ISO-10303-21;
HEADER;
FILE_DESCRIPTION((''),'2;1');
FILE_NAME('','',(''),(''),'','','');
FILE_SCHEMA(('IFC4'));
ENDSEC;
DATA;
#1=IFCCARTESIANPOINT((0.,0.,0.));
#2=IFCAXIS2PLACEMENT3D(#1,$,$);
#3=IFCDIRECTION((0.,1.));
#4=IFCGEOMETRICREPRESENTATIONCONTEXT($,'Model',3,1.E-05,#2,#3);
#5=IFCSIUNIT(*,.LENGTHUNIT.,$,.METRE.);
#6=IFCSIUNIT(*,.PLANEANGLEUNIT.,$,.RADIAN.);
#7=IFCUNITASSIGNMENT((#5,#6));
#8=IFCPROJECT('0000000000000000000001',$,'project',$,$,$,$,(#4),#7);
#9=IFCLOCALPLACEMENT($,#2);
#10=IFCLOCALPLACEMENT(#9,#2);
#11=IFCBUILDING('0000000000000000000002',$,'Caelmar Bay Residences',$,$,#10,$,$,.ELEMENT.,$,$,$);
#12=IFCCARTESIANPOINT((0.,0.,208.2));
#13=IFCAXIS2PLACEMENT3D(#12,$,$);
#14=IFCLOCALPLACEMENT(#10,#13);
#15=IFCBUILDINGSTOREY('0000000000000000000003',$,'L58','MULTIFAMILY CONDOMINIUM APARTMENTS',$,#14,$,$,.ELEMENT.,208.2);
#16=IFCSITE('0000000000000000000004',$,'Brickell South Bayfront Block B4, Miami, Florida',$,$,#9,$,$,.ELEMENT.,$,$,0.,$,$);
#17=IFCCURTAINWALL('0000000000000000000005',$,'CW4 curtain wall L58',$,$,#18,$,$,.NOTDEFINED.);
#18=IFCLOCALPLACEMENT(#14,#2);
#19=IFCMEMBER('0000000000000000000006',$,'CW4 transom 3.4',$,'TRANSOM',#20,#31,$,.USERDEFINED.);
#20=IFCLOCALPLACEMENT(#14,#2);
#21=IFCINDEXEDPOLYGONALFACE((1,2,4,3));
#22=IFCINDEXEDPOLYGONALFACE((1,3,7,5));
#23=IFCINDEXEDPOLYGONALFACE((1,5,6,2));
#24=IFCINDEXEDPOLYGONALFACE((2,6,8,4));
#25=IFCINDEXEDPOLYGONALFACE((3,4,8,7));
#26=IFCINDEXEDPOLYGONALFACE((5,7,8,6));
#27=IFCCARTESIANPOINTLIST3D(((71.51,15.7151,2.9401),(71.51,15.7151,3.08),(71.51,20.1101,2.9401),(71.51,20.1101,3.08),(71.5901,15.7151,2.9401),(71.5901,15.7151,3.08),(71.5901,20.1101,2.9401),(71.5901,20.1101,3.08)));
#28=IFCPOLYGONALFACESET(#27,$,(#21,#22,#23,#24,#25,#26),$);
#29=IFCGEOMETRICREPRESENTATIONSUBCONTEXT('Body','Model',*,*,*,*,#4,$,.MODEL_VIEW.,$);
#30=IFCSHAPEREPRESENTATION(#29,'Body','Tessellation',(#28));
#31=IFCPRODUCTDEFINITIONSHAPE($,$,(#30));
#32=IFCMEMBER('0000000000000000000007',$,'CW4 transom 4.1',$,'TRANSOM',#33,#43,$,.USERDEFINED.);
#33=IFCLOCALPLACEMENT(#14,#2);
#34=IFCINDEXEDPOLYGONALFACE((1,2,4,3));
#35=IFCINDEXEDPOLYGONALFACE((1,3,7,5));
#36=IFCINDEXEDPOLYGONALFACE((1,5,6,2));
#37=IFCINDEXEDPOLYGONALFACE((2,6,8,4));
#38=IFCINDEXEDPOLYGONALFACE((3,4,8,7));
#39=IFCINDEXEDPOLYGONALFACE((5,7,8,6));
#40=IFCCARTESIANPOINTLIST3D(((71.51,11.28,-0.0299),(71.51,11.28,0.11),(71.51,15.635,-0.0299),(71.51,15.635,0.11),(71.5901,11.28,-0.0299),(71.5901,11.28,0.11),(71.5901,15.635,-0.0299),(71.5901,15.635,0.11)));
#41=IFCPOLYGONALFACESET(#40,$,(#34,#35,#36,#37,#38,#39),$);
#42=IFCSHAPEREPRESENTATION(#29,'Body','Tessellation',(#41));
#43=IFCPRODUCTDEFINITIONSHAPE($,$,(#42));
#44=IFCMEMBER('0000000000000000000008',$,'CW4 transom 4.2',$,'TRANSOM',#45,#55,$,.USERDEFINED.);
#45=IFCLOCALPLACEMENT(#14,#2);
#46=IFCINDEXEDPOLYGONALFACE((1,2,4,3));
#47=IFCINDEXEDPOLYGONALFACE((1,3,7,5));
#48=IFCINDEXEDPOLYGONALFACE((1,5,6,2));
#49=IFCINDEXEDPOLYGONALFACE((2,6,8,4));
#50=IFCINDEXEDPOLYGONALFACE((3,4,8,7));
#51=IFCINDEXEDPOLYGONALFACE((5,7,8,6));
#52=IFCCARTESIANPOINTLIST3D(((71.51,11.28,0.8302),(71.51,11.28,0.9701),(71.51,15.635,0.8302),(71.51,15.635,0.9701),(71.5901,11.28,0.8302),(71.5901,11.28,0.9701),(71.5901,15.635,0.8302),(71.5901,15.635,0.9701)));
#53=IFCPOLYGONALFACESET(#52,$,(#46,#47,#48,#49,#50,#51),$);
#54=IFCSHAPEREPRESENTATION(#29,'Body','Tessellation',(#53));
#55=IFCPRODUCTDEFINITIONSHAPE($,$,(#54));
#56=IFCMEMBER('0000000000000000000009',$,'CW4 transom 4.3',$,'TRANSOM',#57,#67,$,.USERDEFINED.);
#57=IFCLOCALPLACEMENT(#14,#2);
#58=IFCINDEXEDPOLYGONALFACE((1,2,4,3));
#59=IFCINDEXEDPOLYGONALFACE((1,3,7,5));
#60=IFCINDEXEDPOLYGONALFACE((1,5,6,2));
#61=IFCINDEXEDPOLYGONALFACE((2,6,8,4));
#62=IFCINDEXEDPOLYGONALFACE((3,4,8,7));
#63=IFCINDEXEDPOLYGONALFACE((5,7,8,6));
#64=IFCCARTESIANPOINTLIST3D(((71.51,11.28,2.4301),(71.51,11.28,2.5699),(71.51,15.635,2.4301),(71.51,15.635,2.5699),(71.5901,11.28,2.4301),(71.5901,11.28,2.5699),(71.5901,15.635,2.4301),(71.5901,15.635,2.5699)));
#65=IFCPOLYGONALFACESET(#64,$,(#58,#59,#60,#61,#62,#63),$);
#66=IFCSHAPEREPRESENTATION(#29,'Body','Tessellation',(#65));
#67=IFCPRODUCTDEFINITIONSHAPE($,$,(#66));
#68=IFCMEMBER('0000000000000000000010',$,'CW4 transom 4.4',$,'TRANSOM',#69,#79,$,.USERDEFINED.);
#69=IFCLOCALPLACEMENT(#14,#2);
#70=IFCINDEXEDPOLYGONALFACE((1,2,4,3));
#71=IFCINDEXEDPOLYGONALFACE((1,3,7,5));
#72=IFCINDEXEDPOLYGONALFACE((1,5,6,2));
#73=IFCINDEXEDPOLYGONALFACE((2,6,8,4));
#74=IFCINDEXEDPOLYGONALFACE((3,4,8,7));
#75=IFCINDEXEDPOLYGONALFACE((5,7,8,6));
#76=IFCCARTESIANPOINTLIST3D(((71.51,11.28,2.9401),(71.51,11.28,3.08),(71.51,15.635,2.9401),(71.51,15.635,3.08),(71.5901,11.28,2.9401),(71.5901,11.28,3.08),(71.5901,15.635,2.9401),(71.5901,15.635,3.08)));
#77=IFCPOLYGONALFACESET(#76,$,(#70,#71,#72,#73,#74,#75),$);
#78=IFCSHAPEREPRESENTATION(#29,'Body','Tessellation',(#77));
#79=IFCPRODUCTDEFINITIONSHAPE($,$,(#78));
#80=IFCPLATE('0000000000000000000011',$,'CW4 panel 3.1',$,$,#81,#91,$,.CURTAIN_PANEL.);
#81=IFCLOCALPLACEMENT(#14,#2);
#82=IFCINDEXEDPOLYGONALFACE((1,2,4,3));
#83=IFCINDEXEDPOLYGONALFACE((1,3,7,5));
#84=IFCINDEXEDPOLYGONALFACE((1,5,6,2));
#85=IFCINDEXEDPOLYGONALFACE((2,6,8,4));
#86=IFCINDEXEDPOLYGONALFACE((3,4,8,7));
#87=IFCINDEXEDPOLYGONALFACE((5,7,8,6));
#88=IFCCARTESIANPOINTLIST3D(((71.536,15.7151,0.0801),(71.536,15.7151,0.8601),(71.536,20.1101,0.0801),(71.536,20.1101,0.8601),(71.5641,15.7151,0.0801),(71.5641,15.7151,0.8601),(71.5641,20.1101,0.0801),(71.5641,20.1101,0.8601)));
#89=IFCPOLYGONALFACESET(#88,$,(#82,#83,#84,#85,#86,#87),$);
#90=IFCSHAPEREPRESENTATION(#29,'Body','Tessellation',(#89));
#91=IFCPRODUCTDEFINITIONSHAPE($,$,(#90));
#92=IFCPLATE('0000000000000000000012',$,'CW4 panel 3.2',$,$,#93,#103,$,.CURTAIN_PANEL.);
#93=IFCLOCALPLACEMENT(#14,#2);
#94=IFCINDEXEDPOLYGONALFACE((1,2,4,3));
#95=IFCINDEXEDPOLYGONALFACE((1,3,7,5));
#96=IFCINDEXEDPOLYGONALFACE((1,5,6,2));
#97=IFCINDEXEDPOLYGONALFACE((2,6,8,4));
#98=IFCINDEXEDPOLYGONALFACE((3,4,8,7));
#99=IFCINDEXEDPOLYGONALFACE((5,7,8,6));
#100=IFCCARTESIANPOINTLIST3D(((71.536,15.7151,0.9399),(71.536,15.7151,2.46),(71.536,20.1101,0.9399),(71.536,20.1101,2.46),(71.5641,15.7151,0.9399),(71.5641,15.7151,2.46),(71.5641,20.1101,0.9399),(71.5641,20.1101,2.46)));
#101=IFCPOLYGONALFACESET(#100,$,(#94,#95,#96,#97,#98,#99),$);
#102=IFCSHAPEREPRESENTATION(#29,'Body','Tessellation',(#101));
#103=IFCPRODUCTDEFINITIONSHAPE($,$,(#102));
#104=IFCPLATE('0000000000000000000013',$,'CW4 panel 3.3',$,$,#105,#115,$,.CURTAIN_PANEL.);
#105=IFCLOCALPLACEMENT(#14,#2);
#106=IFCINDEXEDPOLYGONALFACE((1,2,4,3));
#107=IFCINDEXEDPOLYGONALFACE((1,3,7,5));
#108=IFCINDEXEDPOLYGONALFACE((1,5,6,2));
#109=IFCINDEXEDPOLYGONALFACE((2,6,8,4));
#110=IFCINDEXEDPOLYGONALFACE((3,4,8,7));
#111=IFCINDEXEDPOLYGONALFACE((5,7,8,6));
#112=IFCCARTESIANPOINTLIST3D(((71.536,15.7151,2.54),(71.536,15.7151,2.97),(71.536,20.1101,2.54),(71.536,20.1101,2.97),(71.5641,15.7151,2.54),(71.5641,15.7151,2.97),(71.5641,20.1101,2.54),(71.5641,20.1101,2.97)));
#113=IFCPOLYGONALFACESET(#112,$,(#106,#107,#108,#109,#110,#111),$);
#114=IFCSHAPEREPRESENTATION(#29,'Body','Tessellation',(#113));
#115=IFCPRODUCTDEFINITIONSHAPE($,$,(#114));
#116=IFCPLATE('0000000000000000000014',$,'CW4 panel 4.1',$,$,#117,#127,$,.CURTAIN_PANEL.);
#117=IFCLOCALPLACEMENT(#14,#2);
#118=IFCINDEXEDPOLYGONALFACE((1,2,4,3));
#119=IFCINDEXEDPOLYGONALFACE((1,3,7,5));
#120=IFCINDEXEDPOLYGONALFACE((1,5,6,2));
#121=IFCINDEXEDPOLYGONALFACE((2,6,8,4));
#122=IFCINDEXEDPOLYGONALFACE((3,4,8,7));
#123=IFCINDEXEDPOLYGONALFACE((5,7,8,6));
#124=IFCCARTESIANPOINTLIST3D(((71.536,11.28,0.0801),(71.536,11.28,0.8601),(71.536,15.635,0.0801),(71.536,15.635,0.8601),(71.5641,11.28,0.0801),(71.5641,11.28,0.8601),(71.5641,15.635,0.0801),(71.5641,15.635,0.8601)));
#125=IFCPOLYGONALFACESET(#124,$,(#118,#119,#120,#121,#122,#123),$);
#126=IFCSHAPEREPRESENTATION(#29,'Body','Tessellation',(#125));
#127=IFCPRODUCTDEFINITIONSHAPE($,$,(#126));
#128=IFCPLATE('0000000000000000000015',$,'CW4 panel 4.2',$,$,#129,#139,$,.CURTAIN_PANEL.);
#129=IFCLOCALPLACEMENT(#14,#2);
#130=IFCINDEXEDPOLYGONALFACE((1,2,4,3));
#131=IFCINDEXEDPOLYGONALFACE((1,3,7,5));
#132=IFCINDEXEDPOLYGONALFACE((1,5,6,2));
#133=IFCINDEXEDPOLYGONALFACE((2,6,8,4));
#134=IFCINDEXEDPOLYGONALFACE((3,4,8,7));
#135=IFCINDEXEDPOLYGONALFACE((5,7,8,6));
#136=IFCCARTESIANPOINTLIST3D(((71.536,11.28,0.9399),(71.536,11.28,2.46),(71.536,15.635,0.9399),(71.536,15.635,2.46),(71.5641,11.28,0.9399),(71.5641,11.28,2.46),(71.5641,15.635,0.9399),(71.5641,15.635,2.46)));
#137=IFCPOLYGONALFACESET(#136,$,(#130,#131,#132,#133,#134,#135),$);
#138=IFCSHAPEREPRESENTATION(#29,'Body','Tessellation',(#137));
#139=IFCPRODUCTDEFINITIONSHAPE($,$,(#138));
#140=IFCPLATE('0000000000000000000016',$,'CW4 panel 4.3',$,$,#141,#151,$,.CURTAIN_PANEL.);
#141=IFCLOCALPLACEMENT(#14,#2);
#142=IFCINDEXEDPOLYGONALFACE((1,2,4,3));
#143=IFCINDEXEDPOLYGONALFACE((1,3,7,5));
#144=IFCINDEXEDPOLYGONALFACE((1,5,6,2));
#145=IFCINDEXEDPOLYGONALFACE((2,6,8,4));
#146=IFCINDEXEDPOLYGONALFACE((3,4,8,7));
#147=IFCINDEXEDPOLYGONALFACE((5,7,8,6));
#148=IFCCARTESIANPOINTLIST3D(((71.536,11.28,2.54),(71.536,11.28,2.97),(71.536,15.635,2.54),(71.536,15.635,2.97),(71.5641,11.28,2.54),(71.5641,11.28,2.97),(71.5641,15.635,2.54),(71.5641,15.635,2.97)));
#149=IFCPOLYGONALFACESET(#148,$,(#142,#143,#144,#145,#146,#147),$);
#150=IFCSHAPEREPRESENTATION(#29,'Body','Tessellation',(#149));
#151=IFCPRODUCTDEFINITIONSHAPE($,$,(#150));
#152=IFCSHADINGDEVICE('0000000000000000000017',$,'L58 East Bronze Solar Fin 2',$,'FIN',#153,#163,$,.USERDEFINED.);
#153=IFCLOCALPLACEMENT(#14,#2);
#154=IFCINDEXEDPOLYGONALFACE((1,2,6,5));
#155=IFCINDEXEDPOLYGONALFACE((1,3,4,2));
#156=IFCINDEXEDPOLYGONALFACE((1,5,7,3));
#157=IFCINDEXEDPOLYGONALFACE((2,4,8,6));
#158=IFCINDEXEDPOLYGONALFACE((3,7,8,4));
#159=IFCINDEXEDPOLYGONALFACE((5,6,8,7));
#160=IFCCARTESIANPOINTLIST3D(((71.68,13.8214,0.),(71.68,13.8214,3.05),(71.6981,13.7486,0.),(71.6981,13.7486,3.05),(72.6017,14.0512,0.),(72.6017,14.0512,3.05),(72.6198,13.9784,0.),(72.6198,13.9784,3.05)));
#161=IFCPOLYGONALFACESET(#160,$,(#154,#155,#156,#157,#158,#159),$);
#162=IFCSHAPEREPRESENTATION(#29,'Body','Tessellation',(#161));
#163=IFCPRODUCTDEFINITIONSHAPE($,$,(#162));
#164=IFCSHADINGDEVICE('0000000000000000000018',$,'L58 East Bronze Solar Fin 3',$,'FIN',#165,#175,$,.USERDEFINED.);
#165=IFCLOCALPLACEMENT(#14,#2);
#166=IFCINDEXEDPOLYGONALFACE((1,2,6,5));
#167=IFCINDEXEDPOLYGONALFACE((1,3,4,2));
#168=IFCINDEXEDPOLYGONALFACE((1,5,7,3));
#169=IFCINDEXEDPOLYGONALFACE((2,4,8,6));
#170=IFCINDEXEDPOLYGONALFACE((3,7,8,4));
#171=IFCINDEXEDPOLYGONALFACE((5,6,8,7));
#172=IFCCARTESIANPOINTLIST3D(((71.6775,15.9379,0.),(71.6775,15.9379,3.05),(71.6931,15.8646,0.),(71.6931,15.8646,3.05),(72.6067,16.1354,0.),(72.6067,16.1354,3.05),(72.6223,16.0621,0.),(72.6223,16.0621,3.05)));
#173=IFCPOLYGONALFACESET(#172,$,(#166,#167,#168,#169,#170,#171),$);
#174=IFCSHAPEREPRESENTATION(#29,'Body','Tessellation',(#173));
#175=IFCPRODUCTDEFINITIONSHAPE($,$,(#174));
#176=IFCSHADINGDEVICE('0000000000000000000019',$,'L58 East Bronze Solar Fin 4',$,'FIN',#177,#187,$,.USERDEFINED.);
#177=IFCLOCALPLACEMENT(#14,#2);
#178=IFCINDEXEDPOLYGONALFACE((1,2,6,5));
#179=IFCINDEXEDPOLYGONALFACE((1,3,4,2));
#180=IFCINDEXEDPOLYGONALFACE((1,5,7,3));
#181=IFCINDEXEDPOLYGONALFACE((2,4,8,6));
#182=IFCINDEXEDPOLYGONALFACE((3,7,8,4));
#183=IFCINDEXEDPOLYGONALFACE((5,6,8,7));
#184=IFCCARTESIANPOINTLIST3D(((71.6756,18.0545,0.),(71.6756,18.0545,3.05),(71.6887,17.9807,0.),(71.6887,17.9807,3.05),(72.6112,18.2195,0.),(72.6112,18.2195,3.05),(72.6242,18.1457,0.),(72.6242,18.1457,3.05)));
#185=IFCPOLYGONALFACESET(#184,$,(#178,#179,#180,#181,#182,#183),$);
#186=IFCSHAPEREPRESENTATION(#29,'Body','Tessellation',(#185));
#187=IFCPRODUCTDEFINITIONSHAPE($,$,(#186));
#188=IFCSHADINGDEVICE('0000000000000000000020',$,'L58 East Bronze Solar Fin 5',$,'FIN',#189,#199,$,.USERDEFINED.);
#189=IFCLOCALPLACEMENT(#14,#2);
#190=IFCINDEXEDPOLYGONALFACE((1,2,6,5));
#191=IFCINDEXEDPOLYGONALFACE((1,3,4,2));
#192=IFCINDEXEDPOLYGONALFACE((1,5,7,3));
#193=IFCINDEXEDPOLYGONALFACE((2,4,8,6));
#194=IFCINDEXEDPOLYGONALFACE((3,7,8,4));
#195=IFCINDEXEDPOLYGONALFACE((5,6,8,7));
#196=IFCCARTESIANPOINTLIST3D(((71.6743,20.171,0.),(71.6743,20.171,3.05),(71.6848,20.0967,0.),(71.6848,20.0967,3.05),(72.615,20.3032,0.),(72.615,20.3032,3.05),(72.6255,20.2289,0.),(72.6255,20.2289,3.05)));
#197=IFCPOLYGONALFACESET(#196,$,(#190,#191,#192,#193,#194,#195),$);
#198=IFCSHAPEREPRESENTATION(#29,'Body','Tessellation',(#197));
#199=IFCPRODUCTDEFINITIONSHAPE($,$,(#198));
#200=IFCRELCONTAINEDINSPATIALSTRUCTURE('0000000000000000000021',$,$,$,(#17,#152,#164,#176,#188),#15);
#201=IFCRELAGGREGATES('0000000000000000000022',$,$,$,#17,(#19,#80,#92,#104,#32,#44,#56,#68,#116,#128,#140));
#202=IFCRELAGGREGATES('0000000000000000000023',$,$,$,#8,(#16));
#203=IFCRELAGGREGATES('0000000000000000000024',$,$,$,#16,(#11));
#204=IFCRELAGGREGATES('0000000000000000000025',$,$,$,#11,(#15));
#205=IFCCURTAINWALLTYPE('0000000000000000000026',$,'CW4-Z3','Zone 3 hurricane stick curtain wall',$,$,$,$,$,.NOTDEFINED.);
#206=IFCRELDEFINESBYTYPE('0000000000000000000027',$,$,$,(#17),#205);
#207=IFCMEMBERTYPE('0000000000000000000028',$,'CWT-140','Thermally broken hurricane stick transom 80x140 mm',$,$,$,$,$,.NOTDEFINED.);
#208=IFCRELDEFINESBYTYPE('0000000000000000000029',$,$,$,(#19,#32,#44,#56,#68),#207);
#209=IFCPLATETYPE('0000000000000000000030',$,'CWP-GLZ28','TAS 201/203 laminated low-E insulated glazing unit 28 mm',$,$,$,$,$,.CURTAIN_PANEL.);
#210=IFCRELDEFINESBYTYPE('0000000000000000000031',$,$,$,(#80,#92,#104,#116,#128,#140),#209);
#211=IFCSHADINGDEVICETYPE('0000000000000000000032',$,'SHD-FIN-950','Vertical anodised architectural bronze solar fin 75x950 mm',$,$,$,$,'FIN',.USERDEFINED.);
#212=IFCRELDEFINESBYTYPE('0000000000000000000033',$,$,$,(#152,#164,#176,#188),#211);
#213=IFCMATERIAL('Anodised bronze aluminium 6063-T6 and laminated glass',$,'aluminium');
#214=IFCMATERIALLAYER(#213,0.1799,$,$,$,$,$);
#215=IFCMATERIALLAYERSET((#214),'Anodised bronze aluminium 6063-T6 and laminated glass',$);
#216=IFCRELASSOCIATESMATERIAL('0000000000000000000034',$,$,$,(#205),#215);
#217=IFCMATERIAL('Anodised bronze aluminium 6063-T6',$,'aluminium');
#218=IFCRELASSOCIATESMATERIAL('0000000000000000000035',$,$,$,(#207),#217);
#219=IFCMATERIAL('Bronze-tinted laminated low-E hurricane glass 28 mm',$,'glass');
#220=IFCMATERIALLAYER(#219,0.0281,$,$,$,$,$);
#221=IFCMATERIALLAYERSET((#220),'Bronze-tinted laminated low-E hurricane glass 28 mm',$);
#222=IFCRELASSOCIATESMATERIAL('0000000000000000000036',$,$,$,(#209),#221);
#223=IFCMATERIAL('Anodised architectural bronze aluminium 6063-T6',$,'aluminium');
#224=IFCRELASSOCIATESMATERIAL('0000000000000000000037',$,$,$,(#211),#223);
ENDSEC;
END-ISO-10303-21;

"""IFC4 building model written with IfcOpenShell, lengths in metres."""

from ifc_helpers import new_model, si_unit, direction, frame, origin, origin_2d, place, context, subcontext, project, spatial, rectangle, extrude, material, layer, layer_set, material_profile, profile_set, type_object, element, aggregate, save


model = new_model("IFC4")

# Units and contexts
model_context = context("Model", 3, precision=1e-05, world=origin(), true_north=direction((0.0, 1.0)))
body_context = subcontext(model_context, "Body", "Model", "MODEL_VIEW")
ifc_project = project(units=[si_unit("LENGTHUNIT", "METRE"), si_unit("PLANEANGLEUNIT", "RADIAN")], contexts=[model_context])

# Site, building, storey
site_placement = place(None, origin())
site = spatial("IfcSite", under=ifc_project, at=site_placement, Name="Brickell South Bayfront Block B4, Miami, Florida", CompositionType="ELEMENT", RefElevation=0.0)
building_placement = place(site_placement, origin())
building = spatial("IfcBuilding", under=site, at=building_placement, Name="Caelmar Bay Residences", CompositionType="ELEMENT")
storey_placement = place(building_placement, frame((0.0, 0.0, 208.2)))
storey = spatial("IfcBuildingStorey", under=building, at=storey_placement, Name="L58", Description="MULTIFAMILY CONDOMINIUM APARTMENTS", CompositionType="ELEMENT", Elevation=208.2)

# Curtain wall, members, plates
ifc_material_1 = material(Name="Anodised bronze aluminium 6063-T6 and laminated glass", Category="aluminium")
ifc_layer_1 = layer(ifc_material_1, 0.1799)
ifc_layer_set_1 = layer_set([ifc_layer_1], Name="Anodised bronze aluminium 6063-T6 and laminated glass")
curtain_wall_type = type_object("IfcCurtainWallType", Name="CW4-Z3", Description="Zone 3 hurricane stick curtain wall", PredefinedType="NOTDEFINED", material=ifc_layer_set_1)
curtain_wall_placement = place(storey_placement, origin())
curtain_wall = element("IfcCurtainWall", 1, at=curtain_wall_placement, inside=storey, type_object=curtain_wall_type, Name="CW4 curtain wall L58", PredefinedType="NOTDEFINED")
ifc_material_2 = material(Name="Anodised bronze aluminium 6063-T6", Category="aluminium")
ifc_material_profile_1 = material_profile(ifc_material_2, rectangle(XDim=0.0801, YDim=0.1399, at=origin_2d()), Name="CWT-80X140")
ifc_profile_set_1 = profile_set([ifc_material_profile_1], Name="Anodised bronze aluminium 6063-T6")
member_type_1 = type_object("IfcMemberType", Name="CWT-140", Description="Thermally broken hurricane stick transom 80x140 mm", PredefinedType="NOTDEFINED", material=ifc_profile_set_1)
member_1_placement = place(storey_placement, frame((71.55, 20.1101, 3.01), z_axis=(0.0, -1.0, 0.0), x_axis=(1.0, 0.0, 0.0)))
member_1 = element("IfcMember", 2, at=member_1_placement, type_object=member_type_1, Name="CW4 transom 3.4", ObjectType="TRANSOM", PredefinedType="USERDEFINED", context=body_context, shape_type="SweptSolid", body=[
    extrude(rectangle(XDim=0.0801, YDim=0.1399, at=origin_2d()), origin(), (0.0, 0.0, 1.0), 4.395),
])
member_2_placement = place(storey_placement, frame((71.55, 15.635, 0.04), z_axis=(0.0, -1.0, 0.0), x_axis=(1.0, 0.0, 0.0)))
member_2 = element("IfcMember", 3, at=member_2_placement, type_object=member_type_1, Name="CW4 transom 4.1", ObjectType="TRANSOM", PredefinedType="USERDEFINED", context=body_context, shape_type="SweptSolid", body=[
    extrude(rectangle(XDim=0.0801, YDim=0.1399, at=origin_2d()), origin(), (0.0, 0.0, 1.0), 4.355),
])
member_3_placement = place(storey_placement, frame((71.55, 15.635, 0.9001), z_axis=(0.0, -1.0, 0.0), x_axis=(1.0, 0.0, 0.0)))
member_3 = element("IfcMember", 4, at=member_3_placement, type_object=member_type_1, Name="CW4 transom 4.2", ObjectType="TRANSOM", PredefinedType="USERDEFINED", context=body_context, shape_type="SweptSolid", body=[
    extrude(rectangle(XDim=0.0801, YDim=0.1399, at=origin_2d()), origin(), (0.0, 0.0, 1.0), 4.355),
])
member_4_placement = place(storey_placement, frame((71.55, 15.635, 2.5), z_axis=(0.0, -1.0, 0.0), x_axis=(1.0, 0.0, 0.0)))
member_4 = element("IfcMember", 5, at=member_4_placement, type_object=member_type_1, Name="CW4 transom 4.3", ObjectType="TRANSOM", PredefinedType="USERDEFINED", context=body_context, shape_type="SweptSolid", body=[
    extrude(rectangle(XDim=0.0801, YDim=0.1399, at=origin_2d()), origin(), (0.0, 0.0, 1.0), 4.355),
])
member_5_placement = place(storey_placement, frame((71.55, 15.635, 3.01), z_axis=(0.0, -1.0, 0.0), x_axis=(1.0, 0.0, 0.0)))
member_5 = element("IfcMember", 6, at=member_5_placement, type_object=member_type_1, Name="CW4 transom 4.4", ObjectType="TRANSOM", PredefinedType="USERDEFINED", context=body_context, shape_type="SweptSolid", body=[
    extrude(rectangle(XDim=0.0801, YDim=0.1399, at=origin_2d()), origin(), (0.0, 0.0, 1.0), 4.355),
])
ifc_material_3 = material(Name="Bronze-tinted laminated low-E hurricane glass 28 mm", Category="glass")
ifc_layer_2 = layer(ifc_material_3, 0.0281)
ifc_layer_set_2 = layer_set([ifc_layer_2], Name="Bronze-tinted laminated low-E hurricane glass 28 mm")
plate_type = type_object("IfcPlateType", Name="CWP-GLZ28", Description="TAS 201/203 laminated low-E insulated glazing unit 28 mm", PredefinedType="CURTAIN_PANEL", material=ifc_layer_set_2)
plate_1_placement = place(storey_placement, frame((71.55, 17.9126, 0.0801), z_axis=(0.0, 0.0, 1.0), x_axis=(0.0, -1.0, 0.0)))
plate_1 = element("IfcPlate", 7, at=plate_1_placement, type_object=plate_type, Name="CW4 panel 3.1", PredefinedType="CURTAIN_PANEL", context=body_context, shape_type="SweptSolid", body=[
    extrude(rectangle(XDim=4.395, YDim=0.0281, at=origin_2d()), origin(), (0.0, 0.0, 1.0), 0.78),
])
plate_2_placement = place(storey_placement, frame((71.55, 17.9126, 0.9399), z_axis=(0.0, 0.0, 1.0), x_axis=(0.0, -1.0, 0.0)))
plate_2 = element("IfcPlate", 8, at=plate_2_placement, type_object=plate_type, Name="CW4 panel 3.2", PredefinedType="CURTAIN_PANEL", context=body_context, shape_type="SweptSolid", body=[
    extrude(rectangle(XDim=4.395, YDim=0.0281, at=origin_2d()), origin(), (0.0, 0.0, 1.0), 1.52),
])
plate_3_placement = place(storey_placement, frame((71.55, 17.9126, 2.54), z_axis=(0.0, 0.0, 1.0), x_axis=(0.0, -1.0, 0.0)))
plate_3 = element("IfcPlate", 9, at=plate_3_placement, type_object=plate_type, Name="CW4 panel 3.3", PredefinedType="CURTAIN_PANEL", context=body_context, shape_type="SweptSolid", body=[
    extrude(rectangle(XDim=4.395, YDim=0.0281, at=origin_2d()), origin(), (0.0, 0.0, 1.0), 0.4299),
])
plate_4_placement = place(storey_placement, frame((71.55, 13.4575, 0.0801), z_axis=(0.0, 0.0, 1.0), x_axis=(0.0, -1.0, 0.0)))
plate_4 = element("IfcPlate", 10, at=plate_4_placement, type_object=plate_type, Name="CW4 panel 4.1", PredefinedType="CURTAIN_PANEL", context=body_context, shape_type="SweptSolid", body=[
    extrude(rectangle(XDim=4.355, YDim=0.0281, at=origin_2d()), origin(), (0.0, 0.0, 1.0), 0.78),
])
plate_5_placement = place(storey_placement, frame((71.55, 13.4575, 0.9399), z_axis=(0.0, 0.0, 1.0), x_axis=(0.0, -1.0, 0.0)))
plate_5 = element("IfcPlate", 11, at=plate_5_placement, type_object=plate_type, Name="CW4 panel 4.2", PredefinedType="CURTAIN_PANEL", context=body_context, shape_type="SweptSolid", body=[
    extrude(rectangle(XDim=4.355, YDim=0.0281, at=origin_2d()), origin(), (0.0, 0.0, 1.0), 1.52),
])
plate_6_placement = place(storey_placement, frame((71.55, 13.4575, 2.54), z_axis=(0.0, 0.0, 1.0), x_axis=(0.0, -1.0, 0.0)))
plate_6 = element("IfcPlate", 12, at=plate_6_placement, type_object=plate_type, Name="CW4 panel 4.3", PredefinedType="CURTAIN_PANEL", context=body_context, shape_type="SweptSolid", body=[
    extrude(rectangle(XDim=4.355, YDim=0.0281, at=origin_2d()), origin(), (0.0, 0.0, 1.0), 0.4299),
])
aggregate(curtain_wall, [member_1, plate_1, plate_2, plate_3, member_2, member_3, member_4, member_5, plate_4, plate_5, plate_6])

# Shading devices
ifc_material_4 = material(Name="Anodised architectural bronze aluminium 6063-T6", Category="aluminium")
ifc_material_profile_2 = material_profile(ifc_material_4, rectangle(XDim=0.075, YDim=0.95, at=origin_2d()), Name="BRONZE-FIN-75X950")
ifc_profile_set_2 = profile_set([ifc_material_profile_2], Name="Anodised architectural bronze aluminium 6063-T6")
shading_device_type = type_object("IfcShadingDeviceType", Name="SHD-FIN-950", Description="Vertical anodised architectural bronze solar fin 75x950 mm", ElementType="FIN", PredefinedType="USERDEFINED", material=ifc_profile_set_2)
for number, where, z_axis, x_axis, name in (
    (13, (72.1499, 13.8999, 0.0), (0.0, 0.0, 1.0), (-0.241922, 0.970296, 0.0), "L58 East Bronze Solar Fin 2"),
    (14, (72.1499, 16.0, 0.0), (0.0, 0.0, 1.0), (-0.207912, 0.978148, 0.0), "L58 East Bronze Solar Fin 3"),
    (15, (72.1499, 18.1001, 0.0), (0.0, 0.0, 1.0), (-0.173648, 0.984808, 0.0), "L58 East Bronze Solar Fin 4"),
    (16, (72.1499, 20.2, 0.0), (0.0, 0.0, 1.0), (-0.139173, 0.990268, 0.0), "L58 East Bronze Solar Fin 5"),
):
    element("IfcShadingDevice", number, at=place(storey_placement, frame(where, z_axis=z_axis, x_axis=x_axis)), inside=storey, type_object=shading_device_type, Name=name, ObjectType="FIN", PredefinedType="USERDEFINED", context=body_context, shape_type="SweptSolid", body=[
        extrude(rectangle(XDim=0.075, YDim=0.95, at=origin_2d()), origin(), (0.0, 0.0, 1.0), 3.05),
    ])

save(model, "model.ifc")
